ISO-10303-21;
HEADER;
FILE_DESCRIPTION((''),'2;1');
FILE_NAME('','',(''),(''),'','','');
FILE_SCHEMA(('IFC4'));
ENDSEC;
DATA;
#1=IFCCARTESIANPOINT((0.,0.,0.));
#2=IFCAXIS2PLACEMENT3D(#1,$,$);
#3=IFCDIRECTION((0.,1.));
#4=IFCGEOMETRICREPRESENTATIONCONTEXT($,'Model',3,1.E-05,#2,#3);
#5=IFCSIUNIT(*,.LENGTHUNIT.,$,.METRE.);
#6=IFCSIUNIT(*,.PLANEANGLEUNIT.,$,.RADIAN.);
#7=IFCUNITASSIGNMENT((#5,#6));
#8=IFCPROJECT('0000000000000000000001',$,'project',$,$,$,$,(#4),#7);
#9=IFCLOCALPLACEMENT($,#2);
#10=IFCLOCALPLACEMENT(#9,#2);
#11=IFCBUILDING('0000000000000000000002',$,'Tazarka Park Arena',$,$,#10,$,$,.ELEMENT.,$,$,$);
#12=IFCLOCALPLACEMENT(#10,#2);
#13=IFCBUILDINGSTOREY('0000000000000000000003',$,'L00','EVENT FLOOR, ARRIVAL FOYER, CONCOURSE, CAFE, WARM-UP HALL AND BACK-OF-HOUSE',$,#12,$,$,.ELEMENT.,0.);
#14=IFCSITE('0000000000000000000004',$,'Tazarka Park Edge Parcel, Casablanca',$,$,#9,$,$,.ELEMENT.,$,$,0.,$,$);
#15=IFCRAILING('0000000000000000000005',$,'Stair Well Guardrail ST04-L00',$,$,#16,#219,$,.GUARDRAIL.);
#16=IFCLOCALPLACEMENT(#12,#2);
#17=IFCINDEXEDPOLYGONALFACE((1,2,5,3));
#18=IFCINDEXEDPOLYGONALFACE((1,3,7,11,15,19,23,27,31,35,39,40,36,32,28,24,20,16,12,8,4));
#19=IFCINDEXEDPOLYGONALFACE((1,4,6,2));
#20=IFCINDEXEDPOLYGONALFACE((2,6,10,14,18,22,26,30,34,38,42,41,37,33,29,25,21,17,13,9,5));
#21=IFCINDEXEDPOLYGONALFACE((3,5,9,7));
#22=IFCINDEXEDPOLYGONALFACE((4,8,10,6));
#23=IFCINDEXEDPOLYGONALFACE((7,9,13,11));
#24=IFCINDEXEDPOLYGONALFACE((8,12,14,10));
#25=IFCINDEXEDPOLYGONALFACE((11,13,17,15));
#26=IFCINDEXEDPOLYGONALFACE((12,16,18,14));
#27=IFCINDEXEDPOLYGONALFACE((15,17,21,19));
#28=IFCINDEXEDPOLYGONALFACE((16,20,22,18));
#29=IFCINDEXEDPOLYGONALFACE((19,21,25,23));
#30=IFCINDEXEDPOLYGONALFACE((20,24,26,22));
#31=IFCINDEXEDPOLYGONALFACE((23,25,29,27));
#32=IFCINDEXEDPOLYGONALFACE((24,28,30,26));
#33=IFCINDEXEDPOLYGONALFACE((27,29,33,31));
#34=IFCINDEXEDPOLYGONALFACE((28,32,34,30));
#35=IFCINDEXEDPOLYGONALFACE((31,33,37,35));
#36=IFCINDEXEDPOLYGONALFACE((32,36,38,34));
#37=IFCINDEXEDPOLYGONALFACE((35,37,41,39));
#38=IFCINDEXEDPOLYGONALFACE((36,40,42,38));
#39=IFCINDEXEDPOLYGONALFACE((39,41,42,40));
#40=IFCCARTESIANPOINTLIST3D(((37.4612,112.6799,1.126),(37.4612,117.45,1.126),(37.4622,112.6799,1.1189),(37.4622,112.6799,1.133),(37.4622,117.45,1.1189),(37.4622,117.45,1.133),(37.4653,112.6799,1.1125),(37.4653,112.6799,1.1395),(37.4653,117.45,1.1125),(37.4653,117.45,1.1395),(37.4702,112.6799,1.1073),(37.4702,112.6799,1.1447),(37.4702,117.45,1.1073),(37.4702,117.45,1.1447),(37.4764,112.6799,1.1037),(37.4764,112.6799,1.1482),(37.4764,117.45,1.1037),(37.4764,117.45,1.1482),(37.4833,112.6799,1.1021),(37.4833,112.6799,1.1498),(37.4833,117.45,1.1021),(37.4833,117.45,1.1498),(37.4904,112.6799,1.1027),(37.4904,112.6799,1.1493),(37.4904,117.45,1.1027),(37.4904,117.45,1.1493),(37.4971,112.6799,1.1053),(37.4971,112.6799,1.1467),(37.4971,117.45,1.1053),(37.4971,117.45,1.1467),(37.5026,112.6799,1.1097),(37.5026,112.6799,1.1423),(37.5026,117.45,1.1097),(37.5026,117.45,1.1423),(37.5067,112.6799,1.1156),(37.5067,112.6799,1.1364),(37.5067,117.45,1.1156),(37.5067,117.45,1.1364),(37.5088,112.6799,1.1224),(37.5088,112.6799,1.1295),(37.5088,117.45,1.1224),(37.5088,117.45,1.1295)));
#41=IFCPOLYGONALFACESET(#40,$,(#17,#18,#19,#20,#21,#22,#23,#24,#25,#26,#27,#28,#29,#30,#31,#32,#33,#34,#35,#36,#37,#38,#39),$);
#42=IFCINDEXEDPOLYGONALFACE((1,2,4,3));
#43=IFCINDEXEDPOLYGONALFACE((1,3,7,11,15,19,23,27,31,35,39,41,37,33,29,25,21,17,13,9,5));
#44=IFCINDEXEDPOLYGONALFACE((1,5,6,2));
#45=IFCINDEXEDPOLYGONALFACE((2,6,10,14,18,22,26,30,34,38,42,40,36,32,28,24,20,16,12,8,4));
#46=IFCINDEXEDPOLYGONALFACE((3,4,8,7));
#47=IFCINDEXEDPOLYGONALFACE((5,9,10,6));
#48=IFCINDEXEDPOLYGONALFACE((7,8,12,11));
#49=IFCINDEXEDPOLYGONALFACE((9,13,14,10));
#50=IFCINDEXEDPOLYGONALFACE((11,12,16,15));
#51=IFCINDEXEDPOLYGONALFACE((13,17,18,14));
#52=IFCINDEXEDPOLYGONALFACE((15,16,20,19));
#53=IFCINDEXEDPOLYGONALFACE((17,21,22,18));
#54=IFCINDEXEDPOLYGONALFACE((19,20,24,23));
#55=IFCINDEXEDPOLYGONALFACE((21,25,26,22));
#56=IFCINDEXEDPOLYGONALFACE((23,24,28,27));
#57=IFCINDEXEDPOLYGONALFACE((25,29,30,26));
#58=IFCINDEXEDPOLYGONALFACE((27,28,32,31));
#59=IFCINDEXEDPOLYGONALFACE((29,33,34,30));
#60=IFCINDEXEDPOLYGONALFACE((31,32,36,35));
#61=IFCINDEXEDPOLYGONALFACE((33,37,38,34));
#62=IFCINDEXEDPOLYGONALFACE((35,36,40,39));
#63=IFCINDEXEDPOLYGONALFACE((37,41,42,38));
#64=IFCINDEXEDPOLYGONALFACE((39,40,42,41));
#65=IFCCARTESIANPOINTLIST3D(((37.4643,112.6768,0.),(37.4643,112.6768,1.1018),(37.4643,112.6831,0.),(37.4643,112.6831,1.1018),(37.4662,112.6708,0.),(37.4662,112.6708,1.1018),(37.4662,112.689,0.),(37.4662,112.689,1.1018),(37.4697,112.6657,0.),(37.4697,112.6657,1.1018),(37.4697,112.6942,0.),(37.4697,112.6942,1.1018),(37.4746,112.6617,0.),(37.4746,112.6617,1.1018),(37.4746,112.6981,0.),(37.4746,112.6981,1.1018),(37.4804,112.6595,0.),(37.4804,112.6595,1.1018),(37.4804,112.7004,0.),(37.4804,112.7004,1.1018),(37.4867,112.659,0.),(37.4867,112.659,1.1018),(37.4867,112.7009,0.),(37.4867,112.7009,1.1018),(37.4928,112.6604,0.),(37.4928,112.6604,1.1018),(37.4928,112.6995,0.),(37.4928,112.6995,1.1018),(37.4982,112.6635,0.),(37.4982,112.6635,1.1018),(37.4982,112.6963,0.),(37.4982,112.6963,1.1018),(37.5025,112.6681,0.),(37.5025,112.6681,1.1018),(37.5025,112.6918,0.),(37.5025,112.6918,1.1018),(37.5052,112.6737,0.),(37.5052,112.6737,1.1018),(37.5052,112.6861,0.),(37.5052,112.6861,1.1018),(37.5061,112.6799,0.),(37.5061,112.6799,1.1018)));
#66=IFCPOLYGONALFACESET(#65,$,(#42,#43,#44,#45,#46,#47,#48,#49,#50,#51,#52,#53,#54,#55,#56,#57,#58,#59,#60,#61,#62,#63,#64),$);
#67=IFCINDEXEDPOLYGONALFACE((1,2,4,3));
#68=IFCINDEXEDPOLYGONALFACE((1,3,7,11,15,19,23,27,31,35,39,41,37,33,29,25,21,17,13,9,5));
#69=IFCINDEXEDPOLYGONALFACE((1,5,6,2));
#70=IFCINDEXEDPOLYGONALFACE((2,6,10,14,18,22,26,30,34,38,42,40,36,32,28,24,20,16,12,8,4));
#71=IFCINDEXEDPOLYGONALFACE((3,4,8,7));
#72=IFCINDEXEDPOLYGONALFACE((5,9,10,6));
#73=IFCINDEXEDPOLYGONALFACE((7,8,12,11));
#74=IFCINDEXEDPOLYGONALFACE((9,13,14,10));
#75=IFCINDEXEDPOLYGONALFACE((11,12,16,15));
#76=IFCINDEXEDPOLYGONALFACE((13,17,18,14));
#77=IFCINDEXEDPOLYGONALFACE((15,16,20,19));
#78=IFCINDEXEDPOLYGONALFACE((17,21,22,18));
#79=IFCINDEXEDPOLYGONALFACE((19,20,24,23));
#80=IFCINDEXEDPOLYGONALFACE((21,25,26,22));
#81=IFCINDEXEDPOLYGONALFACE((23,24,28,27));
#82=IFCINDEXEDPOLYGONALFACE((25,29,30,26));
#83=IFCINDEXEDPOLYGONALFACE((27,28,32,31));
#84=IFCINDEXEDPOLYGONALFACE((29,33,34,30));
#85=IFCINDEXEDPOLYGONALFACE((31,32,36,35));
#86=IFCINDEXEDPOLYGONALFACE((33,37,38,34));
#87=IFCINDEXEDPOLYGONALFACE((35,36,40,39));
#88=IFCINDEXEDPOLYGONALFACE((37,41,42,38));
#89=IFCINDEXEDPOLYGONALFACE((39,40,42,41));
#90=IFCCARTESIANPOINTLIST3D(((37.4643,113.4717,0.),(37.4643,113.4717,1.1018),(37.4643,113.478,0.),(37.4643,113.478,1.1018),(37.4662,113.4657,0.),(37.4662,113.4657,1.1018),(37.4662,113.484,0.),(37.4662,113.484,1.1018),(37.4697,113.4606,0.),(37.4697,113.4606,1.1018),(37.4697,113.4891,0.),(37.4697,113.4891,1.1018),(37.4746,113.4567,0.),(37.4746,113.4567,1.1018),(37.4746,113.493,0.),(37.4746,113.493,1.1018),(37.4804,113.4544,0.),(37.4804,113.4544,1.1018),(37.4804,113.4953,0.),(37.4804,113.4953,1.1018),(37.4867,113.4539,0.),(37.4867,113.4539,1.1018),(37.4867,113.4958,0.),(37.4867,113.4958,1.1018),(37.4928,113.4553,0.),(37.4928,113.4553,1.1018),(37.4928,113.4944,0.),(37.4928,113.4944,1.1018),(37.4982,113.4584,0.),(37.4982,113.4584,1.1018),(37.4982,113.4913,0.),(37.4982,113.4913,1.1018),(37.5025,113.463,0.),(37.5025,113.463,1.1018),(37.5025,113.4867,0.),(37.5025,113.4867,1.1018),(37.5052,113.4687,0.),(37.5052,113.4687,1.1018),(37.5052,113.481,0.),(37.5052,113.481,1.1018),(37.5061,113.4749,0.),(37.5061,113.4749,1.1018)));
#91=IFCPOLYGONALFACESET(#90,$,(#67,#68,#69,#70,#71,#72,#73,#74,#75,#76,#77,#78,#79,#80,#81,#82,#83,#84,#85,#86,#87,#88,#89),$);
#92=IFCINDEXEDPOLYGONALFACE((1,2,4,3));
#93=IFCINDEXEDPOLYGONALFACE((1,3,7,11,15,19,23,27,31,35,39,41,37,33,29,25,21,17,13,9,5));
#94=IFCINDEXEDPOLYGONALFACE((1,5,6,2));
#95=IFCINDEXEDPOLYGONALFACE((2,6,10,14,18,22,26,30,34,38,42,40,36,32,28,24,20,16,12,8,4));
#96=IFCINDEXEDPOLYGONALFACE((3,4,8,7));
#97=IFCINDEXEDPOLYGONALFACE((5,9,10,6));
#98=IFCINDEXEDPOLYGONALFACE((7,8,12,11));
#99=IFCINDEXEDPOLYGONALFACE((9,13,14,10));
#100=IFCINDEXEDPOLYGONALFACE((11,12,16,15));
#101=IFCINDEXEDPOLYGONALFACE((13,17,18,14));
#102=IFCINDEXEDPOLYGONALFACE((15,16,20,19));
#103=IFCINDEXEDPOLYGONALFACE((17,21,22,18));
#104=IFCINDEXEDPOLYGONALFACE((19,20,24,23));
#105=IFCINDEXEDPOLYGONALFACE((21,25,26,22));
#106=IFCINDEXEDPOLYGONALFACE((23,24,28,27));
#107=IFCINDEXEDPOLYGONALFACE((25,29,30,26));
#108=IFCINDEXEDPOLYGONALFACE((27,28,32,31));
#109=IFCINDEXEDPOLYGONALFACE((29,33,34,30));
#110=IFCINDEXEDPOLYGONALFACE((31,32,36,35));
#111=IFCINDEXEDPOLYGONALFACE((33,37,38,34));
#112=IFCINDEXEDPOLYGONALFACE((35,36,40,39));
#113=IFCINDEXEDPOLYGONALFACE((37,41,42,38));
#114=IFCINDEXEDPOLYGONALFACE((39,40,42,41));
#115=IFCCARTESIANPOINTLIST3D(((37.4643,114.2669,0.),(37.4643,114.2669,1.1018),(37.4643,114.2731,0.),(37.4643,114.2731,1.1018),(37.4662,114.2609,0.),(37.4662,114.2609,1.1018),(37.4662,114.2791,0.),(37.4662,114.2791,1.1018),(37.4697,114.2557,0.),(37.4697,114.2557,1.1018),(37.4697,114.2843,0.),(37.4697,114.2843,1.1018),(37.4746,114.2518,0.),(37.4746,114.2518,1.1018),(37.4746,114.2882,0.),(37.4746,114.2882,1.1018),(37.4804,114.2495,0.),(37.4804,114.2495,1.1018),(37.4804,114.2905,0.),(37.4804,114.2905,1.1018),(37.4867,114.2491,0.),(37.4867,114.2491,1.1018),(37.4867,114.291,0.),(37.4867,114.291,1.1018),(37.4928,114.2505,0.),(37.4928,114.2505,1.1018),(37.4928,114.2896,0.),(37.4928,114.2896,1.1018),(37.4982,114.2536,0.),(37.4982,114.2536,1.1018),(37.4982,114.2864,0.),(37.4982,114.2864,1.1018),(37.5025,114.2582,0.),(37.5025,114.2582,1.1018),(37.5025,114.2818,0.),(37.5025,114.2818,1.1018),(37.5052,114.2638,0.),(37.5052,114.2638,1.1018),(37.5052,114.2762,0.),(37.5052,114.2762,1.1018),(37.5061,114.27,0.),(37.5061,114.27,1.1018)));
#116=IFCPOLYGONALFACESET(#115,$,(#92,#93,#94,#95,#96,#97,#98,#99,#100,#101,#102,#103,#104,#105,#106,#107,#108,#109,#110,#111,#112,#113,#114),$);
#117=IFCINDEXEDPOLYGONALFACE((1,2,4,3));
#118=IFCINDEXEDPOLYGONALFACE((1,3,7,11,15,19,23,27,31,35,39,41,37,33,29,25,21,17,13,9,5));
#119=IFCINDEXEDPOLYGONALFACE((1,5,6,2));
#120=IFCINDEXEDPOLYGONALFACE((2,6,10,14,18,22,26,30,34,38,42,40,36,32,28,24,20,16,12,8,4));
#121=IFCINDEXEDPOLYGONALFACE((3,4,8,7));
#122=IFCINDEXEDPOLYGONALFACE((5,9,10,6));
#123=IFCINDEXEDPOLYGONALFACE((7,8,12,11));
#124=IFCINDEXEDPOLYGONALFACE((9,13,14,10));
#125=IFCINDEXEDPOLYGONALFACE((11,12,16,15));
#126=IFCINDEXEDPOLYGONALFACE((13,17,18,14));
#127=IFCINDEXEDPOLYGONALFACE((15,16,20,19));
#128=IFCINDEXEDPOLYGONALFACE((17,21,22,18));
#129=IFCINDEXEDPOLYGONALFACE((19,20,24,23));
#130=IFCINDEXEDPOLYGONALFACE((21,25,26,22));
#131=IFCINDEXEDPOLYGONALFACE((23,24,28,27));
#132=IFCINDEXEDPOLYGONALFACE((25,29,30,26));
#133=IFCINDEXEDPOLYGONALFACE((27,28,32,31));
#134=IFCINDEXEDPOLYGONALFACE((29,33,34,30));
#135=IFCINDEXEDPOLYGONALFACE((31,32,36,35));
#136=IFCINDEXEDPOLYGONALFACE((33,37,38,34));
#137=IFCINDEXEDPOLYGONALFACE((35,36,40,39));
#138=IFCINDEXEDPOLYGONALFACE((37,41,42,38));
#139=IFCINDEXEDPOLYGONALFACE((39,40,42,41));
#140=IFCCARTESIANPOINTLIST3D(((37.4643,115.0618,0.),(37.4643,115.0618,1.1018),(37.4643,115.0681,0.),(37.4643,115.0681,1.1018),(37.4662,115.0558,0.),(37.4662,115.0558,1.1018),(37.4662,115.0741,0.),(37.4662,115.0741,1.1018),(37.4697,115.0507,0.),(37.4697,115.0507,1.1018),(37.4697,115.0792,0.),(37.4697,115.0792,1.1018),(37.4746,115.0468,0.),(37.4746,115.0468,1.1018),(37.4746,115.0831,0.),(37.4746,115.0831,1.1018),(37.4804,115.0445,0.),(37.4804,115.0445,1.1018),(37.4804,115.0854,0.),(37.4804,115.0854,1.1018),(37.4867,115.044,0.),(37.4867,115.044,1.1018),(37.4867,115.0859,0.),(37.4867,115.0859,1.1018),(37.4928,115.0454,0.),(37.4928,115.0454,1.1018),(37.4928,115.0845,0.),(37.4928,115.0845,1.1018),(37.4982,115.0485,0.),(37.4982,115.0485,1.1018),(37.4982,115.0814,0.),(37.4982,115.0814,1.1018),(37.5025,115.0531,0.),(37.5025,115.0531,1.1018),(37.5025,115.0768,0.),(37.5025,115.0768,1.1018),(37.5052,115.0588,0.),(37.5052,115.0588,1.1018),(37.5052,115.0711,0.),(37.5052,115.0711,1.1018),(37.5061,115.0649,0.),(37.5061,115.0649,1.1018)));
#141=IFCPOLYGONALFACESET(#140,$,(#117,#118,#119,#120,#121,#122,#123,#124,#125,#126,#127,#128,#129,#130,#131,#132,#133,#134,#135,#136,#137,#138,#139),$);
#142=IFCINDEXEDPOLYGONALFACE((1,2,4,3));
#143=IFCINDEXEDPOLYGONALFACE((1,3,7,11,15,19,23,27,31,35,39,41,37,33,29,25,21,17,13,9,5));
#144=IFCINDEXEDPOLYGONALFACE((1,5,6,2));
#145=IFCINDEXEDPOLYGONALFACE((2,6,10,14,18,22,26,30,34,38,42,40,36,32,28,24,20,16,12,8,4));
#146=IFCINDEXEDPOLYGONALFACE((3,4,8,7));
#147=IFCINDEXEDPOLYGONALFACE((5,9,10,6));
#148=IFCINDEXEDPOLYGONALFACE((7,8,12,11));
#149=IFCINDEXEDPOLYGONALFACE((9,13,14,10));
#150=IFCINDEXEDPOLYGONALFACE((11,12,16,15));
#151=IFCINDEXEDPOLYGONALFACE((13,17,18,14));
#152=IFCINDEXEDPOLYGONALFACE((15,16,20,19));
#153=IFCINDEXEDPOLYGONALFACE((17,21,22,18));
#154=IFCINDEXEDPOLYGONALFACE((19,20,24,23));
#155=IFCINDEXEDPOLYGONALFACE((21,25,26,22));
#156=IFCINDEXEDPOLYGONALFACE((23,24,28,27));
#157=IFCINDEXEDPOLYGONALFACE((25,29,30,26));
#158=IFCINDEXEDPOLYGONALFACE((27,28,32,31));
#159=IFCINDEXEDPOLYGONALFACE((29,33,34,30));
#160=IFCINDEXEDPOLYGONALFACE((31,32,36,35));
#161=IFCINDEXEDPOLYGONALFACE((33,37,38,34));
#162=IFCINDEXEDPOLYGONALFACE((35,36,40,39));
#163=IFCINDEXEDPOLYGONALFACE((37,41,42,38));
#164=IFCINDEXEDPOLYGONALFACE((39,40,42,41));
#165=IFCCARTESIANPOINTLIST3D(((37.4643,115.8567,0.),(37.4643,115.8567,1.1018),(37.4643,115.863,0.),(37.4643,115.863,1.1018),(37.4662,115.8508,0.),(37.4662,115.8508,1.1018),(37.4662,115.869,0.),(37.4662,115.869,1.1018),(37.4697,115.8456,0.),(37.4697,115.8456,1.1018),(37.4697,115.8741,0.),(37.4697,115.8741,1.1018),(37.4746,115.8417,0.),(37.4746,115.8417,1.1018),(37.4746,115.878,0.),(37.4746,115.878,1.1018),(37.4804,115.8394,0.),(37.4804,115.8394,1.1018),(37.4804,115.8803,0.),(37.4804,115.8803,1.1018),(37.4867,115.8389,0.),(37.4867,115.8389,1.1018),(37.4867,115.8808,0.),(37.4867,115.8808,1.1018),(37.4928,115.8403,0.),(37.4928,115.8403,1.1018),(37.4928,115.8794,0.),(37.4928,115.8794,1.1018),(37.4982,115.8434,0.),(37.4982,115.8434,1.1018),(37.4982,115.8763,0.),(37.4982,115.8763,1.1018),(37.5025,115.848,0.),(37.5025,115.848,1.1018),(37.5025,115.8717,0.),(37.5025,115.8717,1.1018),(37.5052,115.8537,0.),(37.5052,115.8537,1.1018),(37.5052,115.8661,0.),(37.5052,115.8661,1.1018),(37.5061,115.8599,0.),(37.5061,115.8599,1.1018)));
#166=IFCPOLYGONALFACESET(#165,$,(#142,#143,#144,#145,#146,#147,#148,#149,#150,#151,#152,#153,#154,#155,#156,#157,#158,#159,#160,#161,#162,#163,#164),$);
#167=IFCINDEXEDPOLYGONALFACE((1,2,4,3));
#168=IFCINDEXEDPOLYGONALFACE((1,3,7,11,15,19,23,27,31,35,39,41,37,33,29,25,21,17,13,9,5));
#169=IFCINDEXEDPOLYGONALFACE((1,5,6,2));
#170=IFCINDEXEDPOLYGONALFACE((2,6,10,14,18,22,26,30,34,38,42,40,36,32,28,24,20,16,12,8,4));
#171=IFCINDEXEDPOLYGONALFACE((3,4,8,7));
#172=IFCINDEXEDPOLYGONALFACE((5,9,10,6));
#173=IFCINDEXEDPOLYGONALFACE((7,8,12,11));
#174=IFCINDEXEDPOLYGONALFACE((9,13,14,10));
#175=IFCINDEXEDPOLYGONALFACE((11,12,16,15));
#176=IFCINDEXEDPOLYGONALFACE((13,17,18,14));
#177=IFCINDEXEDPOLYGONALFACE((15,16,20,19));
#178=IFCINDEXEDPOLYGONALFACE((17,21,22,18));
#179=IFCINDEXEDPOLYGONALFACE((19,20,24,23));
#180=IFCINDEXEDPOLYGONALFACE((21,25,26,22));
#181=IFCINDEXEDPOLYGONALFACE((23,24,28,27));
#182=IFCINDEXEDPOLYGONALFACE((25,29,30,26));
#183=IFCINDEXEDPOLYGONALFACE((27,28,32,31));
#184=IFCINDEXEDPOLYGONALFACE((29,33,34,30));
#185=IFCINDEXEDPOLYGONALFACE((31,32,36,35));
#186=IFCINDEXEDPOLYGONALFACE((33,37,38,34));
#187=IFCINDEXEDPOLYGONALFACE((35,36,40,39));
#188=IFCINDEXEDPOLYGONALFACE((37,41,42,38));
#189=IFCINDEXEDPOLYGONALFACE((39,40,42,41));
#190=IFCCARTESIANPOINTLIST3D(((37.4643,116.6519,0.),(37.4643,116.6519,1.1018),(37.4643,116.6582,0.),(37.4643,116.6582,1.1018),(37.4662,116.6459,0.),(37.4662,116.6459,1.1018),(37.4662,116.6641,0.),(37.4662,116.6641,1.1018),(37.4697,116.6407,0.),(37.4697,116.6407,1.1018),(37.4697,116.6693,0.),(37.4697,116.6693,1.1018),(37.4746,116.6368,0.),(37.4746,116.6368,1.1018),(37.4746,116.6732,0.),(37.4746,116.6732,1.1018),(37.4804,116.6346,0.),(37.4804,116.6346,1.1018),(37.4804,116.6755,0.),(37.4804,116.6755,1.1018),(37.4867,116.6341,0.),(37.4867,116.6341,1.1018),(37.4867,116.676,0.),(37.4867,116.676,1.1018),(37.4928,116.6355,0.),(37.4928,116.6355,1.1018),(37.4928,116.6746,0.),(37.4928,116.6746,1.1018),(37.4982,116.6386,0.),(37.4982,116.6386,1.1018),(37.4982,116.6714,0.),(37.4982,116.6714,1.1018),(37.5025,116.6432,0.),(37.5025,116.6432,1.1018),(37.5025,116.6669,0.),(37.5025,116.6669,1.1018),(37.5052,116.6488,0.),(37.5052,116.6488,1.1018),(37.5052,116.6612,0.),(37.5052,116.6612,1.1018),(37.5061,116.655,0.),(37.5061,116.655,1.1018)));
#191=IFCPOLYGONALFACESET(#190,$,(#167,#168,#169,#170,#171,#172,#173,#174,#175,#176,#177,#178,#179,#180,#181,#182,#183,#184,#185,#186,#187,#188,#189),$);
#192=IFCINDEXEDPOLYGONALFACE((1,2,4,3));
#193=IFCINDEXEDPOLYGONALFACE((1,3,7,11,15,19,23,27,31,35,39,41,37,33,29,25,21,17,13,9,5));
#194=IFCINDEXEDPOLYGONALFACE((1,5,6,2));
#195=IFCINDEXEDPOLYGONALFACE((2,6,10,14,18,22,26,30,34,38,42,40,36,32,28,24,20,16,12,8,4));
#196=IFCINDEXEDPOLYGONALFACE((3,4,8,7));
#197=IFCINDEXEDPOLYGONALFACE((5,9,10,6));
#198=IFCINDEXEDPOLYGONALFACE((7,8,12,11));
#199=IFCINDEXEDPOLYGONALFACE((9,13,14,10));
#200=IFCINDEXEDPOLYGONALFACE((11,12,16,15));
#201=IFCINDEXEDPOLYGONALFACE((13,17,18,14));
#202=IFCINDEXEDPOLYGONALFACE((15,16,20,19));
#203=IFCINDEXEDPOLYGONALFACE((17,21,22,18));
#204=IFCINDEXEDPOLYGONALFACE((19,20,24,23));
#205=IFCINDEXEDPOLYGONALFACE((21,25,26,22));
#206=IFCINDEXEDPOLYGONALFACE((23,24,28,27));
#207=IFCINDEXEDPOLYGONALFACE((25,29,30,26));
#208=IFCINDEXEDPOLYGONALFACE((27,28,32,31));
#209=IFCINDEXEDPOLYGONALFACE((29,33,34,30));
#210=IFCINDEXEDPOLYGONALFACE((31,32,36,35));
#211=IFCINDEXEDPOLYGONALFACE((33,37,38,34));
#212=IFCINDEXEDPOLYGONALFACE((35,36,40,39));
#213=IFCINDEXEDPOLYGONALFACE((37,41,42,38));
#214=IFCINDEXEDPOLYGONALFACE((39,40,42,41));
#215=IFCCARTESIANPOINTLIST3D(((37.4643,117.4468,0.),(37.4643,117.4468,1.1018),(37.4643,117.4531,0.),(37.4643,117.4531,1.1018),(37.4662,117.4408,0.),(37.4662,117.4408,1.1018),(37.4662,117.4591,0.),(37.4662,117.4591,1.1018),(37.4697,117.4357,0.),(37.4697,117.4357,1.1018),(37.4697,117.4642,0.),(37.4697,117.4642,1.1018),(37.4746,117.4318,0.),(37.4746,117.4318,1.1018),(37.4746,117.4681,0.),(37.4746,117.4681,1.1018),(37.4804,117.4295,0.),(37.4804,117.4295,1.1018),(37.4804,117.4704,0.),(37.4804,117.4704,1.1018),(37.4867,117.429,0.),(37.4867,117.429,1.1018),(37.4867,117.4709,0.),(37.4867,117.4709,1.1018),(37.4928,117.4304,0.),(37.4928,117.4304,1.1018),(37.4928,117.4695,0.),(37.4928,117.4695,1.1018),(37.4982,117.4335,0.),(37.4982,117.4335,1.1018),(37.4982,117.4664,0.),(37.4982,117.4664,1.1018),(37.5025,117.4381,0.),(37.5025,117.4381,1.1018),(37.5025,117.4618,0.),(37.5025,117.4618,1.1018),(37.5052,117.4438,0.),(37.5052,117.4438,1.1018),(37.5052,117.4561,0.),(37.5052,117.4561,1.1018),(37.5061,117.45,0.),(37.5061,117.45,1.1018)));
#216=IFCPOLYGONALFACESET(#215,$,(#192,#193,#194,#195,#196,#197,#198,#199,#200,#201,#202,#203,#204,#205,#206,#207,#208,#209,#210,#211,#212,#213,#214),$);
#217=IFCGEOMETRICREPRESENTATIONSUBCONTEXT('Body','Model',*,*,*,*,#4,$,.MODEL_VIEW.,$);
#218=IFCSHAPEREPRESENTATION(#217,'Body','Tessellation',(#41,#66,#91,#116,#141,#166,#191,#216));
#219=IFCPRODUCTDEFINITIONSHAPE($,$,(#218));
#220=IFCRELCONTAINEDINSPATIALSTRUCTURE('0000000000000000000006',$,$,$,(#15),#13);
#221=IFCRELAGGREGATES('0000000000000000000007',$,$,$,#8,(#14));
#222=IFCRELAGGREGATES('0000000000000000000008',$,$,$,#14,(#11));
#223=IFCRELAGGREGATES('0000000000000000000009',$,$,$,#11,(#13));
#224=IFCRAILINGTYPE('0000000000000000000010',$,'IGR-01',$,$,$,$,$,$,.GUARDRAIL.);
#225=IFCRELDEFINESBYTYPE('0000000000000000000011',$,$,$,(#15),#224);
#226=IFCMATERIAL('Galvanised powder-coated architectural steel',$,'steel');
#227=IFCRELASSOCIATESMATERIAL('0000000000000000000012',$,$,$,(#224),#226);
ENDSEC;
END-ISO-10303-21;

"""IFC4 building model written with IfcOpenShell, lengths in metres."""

from ifc_helpers import new_model, si_unit, direction, frame, origin, origin_2d, place, context, subcontext, project, spatial, circle, extrude, material, type_object, element, save


model = new_model("IFC4")

# Units and contexts
model_context = context("Model", 3, precision=1e-05, world=origin(), true_north=direction((0.0, 1.0)))
body_context = subcontext(model_context, "Body", "Model", "MODEL_VIEW")
ifc_project = project(units=[si_unit("LENGTHUNIT", "METRE"), si_unit("PLANEANGLEUNIT", "RADIAN")], contexts=[model_context])

# Site, building, storey
site_placement = place(None, origin())
site = spatial("IfcSite", under=ifc_project, at=site_placement, Name="Tazarka Park Edge Parcel, Casablanca", CompositionType="ELEMENT", RefElevation=0.0)
building_placement = place(site_placement, origin())
building = spatial("IfcBuilding", under=site, at=building_placement, Name="Tazarka Park Arena", CompositionType="ELEMENT")
storey_placement = place(building_placement, origin())
storey = spatial("IfcBuildingStorey", under=building, at=storey_placement, Name="L00", Description="EVENT FLOOR, ARRIVAL FOYER, CONCOURSE, CAFE, WARM-UP HALL AND BACK-OF-HOUSE", CompositionType="ELEMENT", Elevation=0.0)

# Railing
ifc_material_1 = material(Name="Galvanised powder-coated architectural steel", Category="steel")
railing_type = type_object("IfcRailingType", Name="IGR-01", PredefinedType="GUARDRAIL", material=ifc_material_1)
railing_1_placement = place(storey_placement, frame((37.4851, 112.6799, 0.0)))
element("IfcRailing", 1, at=railing_1_placement, inside=storey, type_object=railing_type, Name="Stair Well Guardrail ST04-L00", PredefinedType="GUARDRAIL", context=body_context, shape_type="SweptSolid", body=[
    extrude(circle(Radius=0.0239, at=origin_2d()), frame((0.0, 0.0, 1.126), z_axis=(0.0, 1.0, 0.0), x_axis=(-1.0, 0.0, 0.0)), (0.0, 0.0, 1.0), 4.77),
    extrude(circle(Radius=0.021, at=origin_2d()), origin(), (0.0, 0.0, 1.0), 1.1018),
    extrude(circle(Radius=0.021, at=origin_2d()), frame((0.0, 0.7949, 0.0)), (0.0, 0.0, 1.0), 1.1018),
    extrude(circle(Radius=0.021, at=origin_2d()), frame((0.0, 1.5901, 0.0)), (0.0, 0.0, 1.0), 1.1018),
    extrude(circle(Radius=0.021, at=origin_2d()), frame((0.0, 2.385, 0.0)), (0.0, 0.0, 1.0), 1.1018),
    extrude(circle(Radius=0.021, at=origin_2d()), frame((0.0, 3.1799, 0.0)), (0.0, 0.0, 1.0), 1.1018),
    extrude(circle(Radius=0.021, at=origin_2d()), frame((0.0, 3.9751, 0.0)), (0.0, 0.0, 1.0), 1.1018),
    extrude(circle(Radius=0.021, at=origin_2d()), frame((0.0, 4.77, 0.0)), (0.0, 0.0, 1.0), 1.1018),
])

save(model, "model.ifc")
